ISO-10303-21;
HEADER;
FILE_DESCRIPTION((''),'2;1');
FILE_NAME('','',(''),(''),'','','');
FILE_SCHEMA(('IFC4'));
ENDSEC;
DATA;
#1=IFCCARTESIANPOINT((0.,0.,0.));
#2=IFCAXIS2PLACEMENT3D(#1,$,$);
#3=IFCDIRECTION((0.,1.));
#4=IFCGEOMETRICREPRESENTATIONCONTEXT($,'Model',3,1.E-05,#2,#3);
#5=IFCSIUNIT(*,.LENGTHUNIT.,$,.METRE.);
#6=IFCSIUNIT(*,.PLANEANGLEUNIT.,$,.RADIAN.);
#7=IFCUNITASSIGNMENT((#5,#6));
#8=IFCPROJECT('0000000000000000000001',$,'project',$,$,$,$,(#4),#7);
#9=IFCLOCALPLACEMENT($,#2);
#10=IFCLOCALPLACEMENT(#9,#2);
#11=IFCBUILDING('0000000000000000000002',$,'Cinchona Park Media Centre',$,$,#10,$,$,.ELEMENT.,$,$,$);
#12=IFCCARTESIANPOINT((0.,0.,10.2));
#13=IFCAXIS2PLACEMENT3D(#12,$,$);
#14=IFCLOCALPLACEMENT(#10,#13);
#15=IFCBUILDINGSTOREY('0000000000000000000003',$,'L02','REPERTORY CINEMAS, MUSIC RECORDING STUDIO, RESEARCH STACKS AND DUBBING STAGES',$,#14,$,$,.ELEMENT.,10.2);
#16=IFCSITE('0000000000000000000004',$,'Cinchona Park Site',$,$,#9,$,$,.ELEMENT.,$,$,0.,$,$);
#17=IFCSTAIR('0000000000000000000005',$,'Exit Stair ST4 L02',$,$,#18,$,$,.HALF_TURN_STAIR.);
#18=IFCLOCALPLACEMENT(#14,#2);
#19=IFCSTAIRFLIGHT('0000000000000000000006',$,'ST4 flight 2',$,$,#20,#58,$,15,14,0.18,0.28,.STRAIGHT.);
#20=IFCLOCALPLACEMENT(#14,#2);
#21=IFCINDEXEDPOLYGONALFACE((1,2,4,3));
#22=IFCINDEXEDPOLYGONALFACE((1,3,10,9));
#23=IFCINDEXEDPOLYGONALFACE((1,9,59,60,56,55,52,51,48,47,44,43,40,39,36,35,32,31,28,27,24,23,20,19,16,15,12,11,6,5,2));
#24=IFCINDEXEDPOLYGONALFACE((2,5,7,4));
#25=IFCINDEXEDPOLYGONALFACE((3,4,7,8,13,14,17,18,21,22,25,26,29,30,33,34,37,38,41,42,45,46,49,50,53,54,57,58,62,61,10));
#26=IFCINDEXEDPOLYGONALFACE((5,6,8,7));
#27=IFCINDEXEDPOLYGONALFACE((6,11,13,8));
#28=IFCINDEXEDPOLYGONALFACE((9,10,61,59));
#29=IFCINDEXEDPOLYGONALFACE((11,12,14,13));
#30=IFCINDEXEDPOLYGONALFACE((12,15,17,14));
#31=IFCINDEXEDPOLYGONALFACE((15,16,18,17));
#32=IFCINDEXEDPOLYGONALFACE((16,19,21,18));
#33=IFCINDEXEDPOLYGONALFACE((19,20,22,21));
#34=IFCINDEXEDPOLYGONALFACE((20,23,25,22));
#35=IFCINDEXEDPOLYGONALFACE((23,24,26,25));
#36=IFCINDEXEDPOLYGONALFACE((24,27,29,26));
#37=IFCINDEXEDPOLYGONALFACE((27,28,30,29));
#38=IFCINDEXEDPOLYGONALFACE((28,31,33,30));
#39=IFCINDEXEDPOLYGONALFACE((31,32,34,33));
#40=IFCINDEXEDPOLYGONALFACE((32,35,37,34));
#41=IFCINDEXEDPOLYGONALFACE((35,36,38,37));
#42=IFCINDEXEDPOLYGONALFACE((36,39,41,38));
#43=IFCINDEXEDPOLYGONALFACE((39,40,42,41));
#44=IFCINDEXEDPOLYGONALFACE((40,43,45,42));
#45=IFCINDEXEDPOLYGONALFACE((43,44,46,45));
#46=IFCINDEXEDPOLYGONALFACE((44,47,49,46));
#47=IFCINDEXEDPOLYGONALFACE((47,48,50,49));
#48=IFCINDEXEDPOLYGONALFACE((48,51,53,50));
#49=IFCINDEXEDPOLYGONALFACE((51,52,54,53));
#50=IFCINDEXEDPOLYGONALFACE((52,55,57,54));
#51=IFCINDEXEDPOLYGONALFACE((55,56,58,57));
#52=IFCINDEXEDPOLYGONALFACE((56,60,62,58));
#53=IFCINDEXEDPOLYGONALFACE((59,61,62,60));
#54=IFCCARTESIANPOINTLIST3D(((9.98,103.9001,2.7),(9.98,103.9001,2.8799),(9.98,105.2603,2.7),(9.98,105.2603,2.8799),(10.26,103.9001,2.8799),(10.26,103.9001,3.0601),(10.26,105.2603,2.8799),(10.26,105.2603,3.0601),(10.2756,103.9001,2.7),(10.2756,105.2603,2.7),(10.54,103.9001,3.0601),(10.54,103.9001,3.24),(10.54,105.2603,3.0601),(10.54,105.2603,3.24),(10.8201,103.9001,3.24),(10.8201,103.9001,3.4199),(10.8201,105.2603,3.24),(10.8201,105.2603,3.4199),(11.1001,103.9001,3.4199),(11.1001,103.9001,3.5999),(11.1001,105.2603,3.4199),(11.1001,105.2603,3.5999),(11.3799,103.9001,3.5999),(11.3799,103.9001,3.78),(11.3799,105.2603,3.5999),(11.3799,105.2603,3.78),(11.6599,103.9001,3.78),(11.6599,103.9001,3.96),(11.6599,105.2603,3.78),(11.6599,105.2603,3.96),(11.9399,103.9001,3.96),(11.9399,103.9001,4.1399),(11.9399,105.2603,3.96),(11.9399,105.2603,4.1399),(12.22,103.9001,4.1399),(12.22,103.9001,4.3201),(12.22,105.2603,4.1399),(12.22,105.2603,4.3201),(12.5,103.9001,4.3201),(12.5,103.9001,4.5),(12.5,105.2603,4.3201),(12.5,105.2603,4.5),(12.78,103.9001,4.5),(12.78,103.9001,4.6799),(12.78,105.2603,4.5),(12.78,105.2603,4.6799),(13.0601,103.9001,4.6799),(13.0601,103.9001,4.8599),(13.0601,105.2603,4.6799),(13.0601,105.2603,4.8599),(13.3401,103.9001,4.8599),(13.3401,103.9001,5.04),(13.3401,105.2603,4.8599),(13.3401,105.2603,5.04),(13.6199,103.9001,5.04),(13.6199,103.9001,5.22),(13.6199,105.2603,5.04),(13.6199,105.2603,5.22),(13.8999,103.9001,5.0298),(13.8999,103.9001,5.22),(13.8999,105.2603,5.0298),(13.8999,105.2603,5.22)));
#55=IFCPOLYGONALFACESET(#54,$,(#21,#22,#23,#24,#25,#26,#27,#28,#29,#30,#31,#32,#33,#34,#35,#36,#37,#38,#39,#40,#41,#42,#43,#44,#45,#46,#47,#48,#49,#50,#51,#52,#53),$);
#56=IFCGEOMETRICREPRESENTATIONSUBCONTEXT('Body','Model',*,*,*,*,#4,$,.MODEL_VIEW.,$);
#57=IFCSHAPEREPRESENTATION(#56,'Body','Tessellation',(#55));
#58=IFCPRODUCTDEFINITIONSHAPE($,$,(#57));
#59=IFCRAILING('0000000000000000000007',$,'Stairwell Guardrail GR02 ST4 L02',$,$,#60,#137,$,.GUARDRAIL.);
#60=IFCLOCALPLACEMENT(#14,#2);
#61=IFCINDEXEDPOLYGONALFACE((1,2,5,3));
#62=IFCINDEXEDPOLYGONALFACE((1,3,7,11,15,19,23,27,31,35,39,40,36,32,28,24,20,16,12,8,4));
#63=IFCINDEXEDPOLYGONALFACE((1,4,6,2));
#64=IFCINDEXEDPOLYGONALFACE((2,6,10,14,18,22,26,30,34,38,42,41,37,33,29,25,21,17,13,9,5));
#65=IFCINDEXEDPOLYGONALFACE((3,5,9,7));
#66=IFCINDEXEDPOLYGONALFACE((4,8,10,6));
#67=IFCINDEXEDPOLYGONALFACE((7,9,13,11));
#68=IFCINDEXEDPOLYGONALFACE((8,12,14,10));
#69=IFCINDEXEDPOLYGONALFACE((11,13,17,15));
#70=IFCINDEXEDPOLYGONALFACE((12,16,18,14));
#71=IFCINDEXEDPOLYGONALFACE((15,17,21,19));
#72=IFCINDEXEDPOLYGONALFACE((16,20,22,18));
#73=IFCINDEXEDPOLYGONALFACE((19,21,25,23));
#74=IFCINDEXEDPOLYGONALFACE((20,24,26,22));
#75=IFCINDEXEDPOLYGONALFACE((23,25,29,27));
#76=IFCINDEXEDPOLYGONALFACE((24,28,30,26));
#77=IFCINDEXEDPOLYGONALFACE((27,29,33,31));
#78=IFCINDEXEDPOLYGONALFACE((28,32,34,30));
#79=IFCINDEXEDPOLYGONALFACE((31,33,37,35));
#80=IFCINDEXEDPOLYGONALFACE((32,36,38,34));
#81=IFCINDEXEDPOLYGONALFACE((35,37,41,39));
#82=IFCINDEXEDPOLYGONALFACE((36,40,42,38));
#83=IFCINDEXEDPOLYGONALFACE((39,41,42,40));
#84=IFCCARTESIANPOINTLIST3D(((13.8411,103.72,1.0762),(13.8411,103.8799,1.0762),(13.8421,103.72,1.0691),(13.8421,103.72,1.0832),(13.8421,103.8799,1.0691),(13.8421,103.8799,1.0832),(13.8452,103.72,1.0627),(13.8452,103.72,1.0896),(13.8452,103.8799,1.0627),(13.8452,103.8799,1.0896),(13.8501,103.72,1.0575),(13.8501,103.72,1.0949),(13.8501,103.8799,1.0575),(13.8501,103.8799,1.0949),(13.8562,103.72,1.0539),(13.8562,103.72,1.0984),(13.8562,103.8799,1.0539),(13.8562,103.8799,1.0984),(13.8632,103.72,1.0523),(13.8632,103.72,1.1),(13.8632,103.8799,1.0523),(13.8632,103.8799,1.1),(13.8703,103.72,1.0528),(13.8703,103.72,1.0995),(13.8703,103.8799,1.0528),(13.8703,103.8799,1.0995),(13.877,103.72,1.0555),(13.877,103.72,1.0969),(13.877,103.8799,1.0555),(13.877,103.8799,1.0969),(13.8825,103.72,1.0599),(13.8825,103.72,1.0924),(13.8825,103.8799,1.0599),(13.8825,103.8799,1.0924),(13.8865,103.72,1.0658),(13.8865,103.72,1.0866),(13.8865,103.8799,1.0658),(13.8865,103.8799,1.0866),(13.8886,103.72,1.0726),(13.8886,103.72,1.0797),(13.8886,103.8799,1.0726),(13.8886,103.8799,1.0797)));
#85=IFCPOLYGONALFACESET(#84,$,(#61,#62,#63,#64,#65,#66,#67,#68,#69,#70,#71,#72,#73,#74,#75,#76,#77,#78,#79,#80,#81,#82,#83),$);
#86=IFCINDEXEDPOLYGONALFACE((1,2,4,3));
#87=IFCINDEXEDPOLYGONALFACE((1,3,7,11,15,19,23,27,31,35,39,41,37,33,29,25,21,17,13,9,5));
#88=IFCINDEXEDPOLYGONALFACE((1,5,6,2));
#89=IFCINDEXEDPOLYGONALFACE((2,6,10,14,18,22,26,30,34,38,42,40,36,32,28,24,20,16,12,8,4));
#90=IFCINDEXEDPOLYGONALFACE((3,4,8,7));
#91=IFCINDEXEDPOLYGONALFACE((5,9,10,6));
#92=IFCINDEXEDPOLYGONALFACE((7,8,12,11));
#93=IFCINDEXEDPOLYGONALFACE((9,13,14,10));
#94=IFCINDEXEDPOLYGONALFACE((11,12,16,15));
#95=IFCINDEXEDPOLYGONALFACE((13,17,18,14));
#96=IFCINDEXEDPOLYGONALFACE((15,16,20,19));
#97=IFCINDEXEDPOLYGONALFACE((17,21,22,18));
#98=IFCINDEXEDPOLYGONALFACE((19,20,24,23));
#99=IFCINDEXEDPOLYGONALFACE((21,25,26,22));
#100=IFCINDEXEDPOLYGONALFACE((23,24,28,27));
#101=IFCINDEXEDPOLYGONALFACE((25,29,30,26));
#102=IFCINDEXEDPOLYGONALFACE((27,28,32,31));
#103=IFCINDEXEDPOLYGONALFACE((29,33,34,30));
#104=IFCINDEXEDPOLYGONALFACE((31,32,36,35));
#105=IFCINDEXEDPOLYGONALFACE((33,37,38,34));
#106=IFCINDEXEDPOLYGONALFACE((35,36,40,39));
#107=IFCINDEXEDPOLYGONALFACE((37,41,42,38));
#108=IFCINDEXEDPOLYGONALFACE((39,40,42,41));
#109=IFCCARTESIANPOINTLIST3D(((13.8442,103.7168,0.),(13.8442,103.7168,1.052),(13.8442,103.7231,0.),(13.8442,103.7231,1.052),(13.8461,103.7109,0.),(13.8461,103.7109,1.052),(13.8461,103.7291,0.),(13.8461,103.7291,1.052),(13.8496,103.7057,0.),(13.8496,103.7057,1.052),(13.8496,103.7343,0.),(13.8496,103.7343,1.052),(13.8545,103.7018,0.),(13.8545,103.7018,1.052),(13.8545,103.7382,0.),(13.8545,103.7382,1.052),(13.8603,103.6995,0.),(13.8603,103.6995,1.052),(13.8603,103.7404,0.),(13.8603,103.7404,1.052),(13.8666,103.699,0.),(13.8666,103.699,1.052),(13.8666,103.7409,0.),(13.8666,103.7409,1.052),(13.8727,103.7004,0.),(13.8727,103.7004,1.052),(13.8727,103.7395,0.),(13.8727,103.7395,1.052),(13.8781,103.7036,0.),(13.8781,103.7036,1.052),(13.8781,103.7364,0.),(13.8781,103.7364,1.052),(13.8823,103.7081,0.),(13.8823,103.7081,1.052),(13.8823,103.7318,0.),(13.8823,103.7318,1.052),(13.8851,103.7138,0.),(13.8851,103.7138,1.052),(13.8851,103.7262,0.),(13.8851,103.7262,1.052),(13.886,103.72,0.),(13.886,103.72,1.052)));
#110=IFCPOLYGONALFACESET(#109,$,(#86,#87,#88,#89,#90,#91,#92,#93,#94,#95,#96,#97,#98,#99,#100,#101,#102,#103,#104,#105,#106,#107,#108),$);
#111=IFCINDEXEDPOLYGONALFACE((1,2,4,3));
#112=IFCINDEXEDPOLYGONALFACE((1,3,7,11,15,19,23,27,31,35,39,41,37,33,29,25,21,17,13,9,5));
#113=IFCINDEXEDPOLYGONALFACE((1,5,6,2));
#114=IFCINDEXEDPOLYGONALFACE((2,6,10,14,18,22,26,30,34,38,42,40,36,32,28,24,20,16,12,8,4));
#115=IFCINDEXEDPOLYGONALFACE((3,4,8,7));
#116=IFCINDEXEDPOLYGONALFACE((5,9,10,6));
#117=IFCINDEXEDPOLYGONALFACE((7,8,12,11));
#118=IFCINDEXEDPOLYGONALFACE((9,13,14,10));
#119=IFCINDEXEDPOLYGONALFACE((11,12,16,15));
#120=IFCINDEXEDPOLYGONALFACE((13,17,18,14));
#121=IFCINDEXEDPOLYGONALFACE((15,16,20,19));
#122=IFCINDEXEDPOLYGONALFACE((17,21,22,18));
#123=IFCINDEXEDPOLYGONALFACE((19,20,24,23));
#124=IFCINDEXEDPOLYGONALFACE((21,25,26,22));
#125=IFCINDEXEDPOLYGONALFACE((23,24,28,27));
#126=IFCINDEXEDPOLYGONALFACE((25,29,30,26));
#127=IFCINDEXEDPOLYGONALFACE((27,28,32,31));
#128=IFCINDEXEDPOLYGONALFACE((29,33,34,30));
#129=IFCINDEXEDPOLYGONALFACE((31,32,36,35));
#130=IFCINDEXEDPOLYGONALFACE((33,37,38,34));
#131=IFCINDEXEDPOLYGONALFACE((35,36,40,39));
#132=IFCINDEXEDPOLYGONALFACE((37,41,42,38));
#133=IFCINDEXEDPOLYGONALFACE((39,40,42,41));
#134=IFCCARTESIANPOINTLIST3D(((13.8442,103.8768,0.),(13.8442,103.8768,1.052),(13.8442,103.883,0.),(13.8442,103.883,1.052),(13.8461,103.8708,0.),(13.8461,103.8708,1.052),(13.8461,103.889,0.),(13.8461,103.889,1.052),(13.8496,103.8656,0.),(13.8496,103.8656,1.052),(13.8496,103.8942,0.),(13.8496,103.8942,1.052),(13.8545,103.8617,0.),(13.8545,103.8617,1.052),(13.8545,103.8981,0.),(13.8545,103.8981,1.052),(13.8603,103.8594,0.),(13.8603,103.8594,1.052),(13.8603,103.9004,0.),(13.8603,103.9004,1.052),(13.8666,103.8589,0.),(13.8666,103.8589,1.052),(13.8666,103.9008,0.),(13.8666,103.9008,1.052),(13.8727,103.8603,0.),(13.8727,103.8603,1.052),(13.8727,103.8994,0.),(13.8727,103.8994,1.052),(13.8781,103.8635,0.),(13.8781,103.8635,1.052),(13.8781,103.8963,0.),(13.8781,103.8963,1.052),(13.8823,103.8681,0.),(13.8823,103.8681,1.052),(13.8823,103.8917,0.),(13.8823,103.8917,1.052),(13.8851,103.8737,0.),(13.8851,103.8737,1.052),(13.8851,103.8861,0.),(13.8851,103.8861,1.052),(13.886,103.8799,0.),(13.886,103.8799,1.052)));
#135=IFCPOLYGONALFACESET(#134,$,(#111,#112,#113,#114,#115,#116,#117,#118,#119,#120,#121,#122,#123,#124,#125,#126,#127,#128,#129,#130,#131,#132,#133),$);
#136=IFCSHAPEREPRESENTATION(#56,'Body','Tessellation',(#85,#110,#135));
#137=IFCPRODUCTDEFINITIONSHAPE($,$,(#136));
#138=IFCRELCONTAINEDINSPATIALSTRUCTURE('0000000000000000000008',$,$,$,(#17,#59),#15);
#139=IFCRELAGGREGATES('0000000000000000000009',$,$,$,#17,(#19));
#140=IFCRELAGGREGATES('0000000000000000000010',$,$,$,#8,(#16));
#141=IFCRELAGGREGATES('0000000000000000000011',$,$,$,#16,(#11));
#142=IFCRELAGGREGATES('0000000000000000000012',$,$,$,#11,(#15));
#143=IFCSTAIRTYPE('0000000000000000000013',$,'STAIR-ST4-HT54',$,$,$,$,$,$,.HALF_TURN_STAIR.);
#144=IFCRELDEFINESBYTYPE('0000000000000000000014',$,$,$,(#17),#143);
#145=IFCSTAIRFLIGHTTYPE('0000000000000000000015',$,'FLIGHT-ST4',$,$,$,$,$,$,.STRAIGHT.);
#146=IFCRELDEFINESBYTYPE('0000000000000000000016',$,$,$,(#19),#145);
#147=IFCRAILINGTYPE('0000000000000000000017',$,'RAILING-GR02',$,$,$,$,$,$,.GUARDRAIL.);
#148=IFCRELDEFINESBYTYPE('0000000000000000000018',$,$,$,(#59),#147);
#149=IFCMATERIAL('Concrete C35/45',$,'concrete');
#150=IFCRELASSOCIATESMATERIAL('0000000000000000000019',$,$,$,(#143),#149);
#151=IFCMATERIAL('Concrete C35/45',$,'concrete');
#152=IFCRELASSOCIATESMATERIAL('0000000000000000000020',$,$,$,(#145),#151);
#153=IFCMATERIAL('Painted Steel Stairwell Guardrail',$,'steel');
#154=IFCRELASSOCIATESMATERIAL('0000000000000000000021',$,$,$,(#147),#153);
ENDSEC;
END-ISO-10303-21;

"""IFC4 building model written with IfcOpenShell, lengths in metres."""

from ifc_helpers import new_model, si_unit, direction, frame, origin, origin_2d, place, context, subcontext, project, spatial, polyline, circle, outline, extrude, material, type_object, element, aggregate, save


model = new_model("IFC4")

# Units and contexts
model_context = context("Model", 3, precision=1e-05, world=origin(), true_north=direction((0.0, 1.0)))
body_context = subcontext(model_context, "Body", "Model", "MODEL_VIEW")
ifc_project = project(units=[si_unit("LENGTHUNIT", "METRE"), si_unit("PLANEANGLEUNIT", "RADIAN")], contexts=[model_context])

# Site, building, storey
site_placement = place(None, origin())
site = spatial("IfcSite", under=ifc_project, at=site_placement, Name="Cinchona Park Site", CompositionType="ELEMENT", RefElevation=0.0)
building_placement = place(site_placement, origin())
building = spatial("IfcBuilding", under=site, at=building_placement, Name="Cinchona Park Media Centre", CompositionType="ELEMENT")
storey_placement = place(building_placement, frame((0.0, 0.0, 10.2)))
storey = spatial("IfcBuildingStorey", under=building, at=storey_placement, Name="L02", Description="REPERTORY CINEMAS, MUSIC RECORDING STUDIO, RESEARCH STACKS AND DUBBING STAGES", CompositionType="ELEMENT", Elevation=10.2)

# Stair, stair flight
ifc_material_1 = material(Name="Concrete C35/45", Category="concrete")
stair_type = type_object("IfcStairType", Name="STAIR-ST4-HT54", PredefinedType="HALF_TURN_STAIR", material=ifc_material_1)
stair_placement = place(storey_placement, origin())
stair = element("IfcStair", 1, at=stair_placement, inside=storey, type_object=stair_type, Name="Exit Stair ST4 L02", PredefinedType="HALF_TURN_STAIR")
ifc_material_2 = material(Name="Concrete C35/45", Category="concrete")
stair_flight_type = type_object("IfcStairFlightType", Name="FLIGHT-ST4", PredefinedType="STRAIGHT", material=ifc_material_2)
stair_flight_1_placement = place(storey_placement, frame((9.98, 104.5801, 2.7), z_axis=(0.0, 0.0, 1.0), x_axis=(1.0, 0.0, 0.0)))
stair_flight_1 = element("IfcStairFlight", 2, at=stair_flight_1_placement, type_object=stair_flight_type, Name="ST4 flight 2", NumberOfRisers=15, NumberOfTreads=14, PredefinedType="STRAIGHT", RiserHeight=0.18, TreadLength=0.28, context=body_context, shape_type="SweptSolid", body=[
    extrude(outline(polyline([(0.0, 0.0), (0.0, 0.1799), (0.28, 0.1799), (0.28, 0.3601), (0.5601, 0.3601), (0.5601, 0.54), (0.8401, 0.54), (0.8401, 0.72), (1.1201, 0.72), (1.1201, 0.8999), (1.3999, 0.8999), (1.3999, 1.0801), (1.6799, 1.0801), (1.6799, 1.26), (1.96, 1.26), (1.96, 1.4399), (2.24, 1.4399), (2.24, 1.6201), (2.52, 1.6201), (2.52, 1.8), (2.8, 1.8), (2.8, 1.98), (3.0801, 1.98), (3.0801, 2.1599), (3.3601, 2.1599), (3.3601, 2.3401), (3.6399, 2.3401), (3.6399, 2.52), (3.9199, 2.52), (3.9199, 2.7), (3.9199, 2.3298), (0.2957, 0.0), (0.0, 0.0)])), frame((0.0, 0.6802, 0.0), z_axis=(0.0, -1.0, 0.0), x_axis=(1.0, 0.0, 0.0)), (0.0, 0.0, 1.0), 1.3601),
])
aggregate(stair, [stair_flight_1])

# Railing
ifc_material_3 = material(Name="Painted Steel Stairwell Guardrail", Category="steel")
railing_type_1 = type_object("IfcRailingType", Name="RAILING-GR02", PredefinedType="GUARDRAIL", material=ifc_material_3)
for number, where, name in (
    (3, (13.865, 103.72, 0.0), "Stairwell Guardrail GR02 ST4 L02"),
):
    element("IfcRailing", number, at=place(storey_placement, frame(where)), inside=storey, type_object=railing_type_1, Name=name, PredefinedType="GUARDRAIL", context=body_context, shape_type="SweptSolid", body=[
        extrude(circle(Radius=0.0239, at=origin_2d()), frame((0.0, 0.0, 1.0762), z_axis=(0.0, 1.0, 0.0), x_axis=(-1.0, 0.0, 0.0)), (0.0, 0.0, 1.0), 0.1599),
        extrude(circle(Radius=0.021, at=origin_2d()), origin(), (0.0, 0.0, 1.0), 1.052),
        extrude(circle(Radius=0.021, at=origin_2d()), frame((0.0, 0.1599, 0.0)), (0.0, 0.0, 1.0), 1.052),
    ])

save(model, "model.ifc")
